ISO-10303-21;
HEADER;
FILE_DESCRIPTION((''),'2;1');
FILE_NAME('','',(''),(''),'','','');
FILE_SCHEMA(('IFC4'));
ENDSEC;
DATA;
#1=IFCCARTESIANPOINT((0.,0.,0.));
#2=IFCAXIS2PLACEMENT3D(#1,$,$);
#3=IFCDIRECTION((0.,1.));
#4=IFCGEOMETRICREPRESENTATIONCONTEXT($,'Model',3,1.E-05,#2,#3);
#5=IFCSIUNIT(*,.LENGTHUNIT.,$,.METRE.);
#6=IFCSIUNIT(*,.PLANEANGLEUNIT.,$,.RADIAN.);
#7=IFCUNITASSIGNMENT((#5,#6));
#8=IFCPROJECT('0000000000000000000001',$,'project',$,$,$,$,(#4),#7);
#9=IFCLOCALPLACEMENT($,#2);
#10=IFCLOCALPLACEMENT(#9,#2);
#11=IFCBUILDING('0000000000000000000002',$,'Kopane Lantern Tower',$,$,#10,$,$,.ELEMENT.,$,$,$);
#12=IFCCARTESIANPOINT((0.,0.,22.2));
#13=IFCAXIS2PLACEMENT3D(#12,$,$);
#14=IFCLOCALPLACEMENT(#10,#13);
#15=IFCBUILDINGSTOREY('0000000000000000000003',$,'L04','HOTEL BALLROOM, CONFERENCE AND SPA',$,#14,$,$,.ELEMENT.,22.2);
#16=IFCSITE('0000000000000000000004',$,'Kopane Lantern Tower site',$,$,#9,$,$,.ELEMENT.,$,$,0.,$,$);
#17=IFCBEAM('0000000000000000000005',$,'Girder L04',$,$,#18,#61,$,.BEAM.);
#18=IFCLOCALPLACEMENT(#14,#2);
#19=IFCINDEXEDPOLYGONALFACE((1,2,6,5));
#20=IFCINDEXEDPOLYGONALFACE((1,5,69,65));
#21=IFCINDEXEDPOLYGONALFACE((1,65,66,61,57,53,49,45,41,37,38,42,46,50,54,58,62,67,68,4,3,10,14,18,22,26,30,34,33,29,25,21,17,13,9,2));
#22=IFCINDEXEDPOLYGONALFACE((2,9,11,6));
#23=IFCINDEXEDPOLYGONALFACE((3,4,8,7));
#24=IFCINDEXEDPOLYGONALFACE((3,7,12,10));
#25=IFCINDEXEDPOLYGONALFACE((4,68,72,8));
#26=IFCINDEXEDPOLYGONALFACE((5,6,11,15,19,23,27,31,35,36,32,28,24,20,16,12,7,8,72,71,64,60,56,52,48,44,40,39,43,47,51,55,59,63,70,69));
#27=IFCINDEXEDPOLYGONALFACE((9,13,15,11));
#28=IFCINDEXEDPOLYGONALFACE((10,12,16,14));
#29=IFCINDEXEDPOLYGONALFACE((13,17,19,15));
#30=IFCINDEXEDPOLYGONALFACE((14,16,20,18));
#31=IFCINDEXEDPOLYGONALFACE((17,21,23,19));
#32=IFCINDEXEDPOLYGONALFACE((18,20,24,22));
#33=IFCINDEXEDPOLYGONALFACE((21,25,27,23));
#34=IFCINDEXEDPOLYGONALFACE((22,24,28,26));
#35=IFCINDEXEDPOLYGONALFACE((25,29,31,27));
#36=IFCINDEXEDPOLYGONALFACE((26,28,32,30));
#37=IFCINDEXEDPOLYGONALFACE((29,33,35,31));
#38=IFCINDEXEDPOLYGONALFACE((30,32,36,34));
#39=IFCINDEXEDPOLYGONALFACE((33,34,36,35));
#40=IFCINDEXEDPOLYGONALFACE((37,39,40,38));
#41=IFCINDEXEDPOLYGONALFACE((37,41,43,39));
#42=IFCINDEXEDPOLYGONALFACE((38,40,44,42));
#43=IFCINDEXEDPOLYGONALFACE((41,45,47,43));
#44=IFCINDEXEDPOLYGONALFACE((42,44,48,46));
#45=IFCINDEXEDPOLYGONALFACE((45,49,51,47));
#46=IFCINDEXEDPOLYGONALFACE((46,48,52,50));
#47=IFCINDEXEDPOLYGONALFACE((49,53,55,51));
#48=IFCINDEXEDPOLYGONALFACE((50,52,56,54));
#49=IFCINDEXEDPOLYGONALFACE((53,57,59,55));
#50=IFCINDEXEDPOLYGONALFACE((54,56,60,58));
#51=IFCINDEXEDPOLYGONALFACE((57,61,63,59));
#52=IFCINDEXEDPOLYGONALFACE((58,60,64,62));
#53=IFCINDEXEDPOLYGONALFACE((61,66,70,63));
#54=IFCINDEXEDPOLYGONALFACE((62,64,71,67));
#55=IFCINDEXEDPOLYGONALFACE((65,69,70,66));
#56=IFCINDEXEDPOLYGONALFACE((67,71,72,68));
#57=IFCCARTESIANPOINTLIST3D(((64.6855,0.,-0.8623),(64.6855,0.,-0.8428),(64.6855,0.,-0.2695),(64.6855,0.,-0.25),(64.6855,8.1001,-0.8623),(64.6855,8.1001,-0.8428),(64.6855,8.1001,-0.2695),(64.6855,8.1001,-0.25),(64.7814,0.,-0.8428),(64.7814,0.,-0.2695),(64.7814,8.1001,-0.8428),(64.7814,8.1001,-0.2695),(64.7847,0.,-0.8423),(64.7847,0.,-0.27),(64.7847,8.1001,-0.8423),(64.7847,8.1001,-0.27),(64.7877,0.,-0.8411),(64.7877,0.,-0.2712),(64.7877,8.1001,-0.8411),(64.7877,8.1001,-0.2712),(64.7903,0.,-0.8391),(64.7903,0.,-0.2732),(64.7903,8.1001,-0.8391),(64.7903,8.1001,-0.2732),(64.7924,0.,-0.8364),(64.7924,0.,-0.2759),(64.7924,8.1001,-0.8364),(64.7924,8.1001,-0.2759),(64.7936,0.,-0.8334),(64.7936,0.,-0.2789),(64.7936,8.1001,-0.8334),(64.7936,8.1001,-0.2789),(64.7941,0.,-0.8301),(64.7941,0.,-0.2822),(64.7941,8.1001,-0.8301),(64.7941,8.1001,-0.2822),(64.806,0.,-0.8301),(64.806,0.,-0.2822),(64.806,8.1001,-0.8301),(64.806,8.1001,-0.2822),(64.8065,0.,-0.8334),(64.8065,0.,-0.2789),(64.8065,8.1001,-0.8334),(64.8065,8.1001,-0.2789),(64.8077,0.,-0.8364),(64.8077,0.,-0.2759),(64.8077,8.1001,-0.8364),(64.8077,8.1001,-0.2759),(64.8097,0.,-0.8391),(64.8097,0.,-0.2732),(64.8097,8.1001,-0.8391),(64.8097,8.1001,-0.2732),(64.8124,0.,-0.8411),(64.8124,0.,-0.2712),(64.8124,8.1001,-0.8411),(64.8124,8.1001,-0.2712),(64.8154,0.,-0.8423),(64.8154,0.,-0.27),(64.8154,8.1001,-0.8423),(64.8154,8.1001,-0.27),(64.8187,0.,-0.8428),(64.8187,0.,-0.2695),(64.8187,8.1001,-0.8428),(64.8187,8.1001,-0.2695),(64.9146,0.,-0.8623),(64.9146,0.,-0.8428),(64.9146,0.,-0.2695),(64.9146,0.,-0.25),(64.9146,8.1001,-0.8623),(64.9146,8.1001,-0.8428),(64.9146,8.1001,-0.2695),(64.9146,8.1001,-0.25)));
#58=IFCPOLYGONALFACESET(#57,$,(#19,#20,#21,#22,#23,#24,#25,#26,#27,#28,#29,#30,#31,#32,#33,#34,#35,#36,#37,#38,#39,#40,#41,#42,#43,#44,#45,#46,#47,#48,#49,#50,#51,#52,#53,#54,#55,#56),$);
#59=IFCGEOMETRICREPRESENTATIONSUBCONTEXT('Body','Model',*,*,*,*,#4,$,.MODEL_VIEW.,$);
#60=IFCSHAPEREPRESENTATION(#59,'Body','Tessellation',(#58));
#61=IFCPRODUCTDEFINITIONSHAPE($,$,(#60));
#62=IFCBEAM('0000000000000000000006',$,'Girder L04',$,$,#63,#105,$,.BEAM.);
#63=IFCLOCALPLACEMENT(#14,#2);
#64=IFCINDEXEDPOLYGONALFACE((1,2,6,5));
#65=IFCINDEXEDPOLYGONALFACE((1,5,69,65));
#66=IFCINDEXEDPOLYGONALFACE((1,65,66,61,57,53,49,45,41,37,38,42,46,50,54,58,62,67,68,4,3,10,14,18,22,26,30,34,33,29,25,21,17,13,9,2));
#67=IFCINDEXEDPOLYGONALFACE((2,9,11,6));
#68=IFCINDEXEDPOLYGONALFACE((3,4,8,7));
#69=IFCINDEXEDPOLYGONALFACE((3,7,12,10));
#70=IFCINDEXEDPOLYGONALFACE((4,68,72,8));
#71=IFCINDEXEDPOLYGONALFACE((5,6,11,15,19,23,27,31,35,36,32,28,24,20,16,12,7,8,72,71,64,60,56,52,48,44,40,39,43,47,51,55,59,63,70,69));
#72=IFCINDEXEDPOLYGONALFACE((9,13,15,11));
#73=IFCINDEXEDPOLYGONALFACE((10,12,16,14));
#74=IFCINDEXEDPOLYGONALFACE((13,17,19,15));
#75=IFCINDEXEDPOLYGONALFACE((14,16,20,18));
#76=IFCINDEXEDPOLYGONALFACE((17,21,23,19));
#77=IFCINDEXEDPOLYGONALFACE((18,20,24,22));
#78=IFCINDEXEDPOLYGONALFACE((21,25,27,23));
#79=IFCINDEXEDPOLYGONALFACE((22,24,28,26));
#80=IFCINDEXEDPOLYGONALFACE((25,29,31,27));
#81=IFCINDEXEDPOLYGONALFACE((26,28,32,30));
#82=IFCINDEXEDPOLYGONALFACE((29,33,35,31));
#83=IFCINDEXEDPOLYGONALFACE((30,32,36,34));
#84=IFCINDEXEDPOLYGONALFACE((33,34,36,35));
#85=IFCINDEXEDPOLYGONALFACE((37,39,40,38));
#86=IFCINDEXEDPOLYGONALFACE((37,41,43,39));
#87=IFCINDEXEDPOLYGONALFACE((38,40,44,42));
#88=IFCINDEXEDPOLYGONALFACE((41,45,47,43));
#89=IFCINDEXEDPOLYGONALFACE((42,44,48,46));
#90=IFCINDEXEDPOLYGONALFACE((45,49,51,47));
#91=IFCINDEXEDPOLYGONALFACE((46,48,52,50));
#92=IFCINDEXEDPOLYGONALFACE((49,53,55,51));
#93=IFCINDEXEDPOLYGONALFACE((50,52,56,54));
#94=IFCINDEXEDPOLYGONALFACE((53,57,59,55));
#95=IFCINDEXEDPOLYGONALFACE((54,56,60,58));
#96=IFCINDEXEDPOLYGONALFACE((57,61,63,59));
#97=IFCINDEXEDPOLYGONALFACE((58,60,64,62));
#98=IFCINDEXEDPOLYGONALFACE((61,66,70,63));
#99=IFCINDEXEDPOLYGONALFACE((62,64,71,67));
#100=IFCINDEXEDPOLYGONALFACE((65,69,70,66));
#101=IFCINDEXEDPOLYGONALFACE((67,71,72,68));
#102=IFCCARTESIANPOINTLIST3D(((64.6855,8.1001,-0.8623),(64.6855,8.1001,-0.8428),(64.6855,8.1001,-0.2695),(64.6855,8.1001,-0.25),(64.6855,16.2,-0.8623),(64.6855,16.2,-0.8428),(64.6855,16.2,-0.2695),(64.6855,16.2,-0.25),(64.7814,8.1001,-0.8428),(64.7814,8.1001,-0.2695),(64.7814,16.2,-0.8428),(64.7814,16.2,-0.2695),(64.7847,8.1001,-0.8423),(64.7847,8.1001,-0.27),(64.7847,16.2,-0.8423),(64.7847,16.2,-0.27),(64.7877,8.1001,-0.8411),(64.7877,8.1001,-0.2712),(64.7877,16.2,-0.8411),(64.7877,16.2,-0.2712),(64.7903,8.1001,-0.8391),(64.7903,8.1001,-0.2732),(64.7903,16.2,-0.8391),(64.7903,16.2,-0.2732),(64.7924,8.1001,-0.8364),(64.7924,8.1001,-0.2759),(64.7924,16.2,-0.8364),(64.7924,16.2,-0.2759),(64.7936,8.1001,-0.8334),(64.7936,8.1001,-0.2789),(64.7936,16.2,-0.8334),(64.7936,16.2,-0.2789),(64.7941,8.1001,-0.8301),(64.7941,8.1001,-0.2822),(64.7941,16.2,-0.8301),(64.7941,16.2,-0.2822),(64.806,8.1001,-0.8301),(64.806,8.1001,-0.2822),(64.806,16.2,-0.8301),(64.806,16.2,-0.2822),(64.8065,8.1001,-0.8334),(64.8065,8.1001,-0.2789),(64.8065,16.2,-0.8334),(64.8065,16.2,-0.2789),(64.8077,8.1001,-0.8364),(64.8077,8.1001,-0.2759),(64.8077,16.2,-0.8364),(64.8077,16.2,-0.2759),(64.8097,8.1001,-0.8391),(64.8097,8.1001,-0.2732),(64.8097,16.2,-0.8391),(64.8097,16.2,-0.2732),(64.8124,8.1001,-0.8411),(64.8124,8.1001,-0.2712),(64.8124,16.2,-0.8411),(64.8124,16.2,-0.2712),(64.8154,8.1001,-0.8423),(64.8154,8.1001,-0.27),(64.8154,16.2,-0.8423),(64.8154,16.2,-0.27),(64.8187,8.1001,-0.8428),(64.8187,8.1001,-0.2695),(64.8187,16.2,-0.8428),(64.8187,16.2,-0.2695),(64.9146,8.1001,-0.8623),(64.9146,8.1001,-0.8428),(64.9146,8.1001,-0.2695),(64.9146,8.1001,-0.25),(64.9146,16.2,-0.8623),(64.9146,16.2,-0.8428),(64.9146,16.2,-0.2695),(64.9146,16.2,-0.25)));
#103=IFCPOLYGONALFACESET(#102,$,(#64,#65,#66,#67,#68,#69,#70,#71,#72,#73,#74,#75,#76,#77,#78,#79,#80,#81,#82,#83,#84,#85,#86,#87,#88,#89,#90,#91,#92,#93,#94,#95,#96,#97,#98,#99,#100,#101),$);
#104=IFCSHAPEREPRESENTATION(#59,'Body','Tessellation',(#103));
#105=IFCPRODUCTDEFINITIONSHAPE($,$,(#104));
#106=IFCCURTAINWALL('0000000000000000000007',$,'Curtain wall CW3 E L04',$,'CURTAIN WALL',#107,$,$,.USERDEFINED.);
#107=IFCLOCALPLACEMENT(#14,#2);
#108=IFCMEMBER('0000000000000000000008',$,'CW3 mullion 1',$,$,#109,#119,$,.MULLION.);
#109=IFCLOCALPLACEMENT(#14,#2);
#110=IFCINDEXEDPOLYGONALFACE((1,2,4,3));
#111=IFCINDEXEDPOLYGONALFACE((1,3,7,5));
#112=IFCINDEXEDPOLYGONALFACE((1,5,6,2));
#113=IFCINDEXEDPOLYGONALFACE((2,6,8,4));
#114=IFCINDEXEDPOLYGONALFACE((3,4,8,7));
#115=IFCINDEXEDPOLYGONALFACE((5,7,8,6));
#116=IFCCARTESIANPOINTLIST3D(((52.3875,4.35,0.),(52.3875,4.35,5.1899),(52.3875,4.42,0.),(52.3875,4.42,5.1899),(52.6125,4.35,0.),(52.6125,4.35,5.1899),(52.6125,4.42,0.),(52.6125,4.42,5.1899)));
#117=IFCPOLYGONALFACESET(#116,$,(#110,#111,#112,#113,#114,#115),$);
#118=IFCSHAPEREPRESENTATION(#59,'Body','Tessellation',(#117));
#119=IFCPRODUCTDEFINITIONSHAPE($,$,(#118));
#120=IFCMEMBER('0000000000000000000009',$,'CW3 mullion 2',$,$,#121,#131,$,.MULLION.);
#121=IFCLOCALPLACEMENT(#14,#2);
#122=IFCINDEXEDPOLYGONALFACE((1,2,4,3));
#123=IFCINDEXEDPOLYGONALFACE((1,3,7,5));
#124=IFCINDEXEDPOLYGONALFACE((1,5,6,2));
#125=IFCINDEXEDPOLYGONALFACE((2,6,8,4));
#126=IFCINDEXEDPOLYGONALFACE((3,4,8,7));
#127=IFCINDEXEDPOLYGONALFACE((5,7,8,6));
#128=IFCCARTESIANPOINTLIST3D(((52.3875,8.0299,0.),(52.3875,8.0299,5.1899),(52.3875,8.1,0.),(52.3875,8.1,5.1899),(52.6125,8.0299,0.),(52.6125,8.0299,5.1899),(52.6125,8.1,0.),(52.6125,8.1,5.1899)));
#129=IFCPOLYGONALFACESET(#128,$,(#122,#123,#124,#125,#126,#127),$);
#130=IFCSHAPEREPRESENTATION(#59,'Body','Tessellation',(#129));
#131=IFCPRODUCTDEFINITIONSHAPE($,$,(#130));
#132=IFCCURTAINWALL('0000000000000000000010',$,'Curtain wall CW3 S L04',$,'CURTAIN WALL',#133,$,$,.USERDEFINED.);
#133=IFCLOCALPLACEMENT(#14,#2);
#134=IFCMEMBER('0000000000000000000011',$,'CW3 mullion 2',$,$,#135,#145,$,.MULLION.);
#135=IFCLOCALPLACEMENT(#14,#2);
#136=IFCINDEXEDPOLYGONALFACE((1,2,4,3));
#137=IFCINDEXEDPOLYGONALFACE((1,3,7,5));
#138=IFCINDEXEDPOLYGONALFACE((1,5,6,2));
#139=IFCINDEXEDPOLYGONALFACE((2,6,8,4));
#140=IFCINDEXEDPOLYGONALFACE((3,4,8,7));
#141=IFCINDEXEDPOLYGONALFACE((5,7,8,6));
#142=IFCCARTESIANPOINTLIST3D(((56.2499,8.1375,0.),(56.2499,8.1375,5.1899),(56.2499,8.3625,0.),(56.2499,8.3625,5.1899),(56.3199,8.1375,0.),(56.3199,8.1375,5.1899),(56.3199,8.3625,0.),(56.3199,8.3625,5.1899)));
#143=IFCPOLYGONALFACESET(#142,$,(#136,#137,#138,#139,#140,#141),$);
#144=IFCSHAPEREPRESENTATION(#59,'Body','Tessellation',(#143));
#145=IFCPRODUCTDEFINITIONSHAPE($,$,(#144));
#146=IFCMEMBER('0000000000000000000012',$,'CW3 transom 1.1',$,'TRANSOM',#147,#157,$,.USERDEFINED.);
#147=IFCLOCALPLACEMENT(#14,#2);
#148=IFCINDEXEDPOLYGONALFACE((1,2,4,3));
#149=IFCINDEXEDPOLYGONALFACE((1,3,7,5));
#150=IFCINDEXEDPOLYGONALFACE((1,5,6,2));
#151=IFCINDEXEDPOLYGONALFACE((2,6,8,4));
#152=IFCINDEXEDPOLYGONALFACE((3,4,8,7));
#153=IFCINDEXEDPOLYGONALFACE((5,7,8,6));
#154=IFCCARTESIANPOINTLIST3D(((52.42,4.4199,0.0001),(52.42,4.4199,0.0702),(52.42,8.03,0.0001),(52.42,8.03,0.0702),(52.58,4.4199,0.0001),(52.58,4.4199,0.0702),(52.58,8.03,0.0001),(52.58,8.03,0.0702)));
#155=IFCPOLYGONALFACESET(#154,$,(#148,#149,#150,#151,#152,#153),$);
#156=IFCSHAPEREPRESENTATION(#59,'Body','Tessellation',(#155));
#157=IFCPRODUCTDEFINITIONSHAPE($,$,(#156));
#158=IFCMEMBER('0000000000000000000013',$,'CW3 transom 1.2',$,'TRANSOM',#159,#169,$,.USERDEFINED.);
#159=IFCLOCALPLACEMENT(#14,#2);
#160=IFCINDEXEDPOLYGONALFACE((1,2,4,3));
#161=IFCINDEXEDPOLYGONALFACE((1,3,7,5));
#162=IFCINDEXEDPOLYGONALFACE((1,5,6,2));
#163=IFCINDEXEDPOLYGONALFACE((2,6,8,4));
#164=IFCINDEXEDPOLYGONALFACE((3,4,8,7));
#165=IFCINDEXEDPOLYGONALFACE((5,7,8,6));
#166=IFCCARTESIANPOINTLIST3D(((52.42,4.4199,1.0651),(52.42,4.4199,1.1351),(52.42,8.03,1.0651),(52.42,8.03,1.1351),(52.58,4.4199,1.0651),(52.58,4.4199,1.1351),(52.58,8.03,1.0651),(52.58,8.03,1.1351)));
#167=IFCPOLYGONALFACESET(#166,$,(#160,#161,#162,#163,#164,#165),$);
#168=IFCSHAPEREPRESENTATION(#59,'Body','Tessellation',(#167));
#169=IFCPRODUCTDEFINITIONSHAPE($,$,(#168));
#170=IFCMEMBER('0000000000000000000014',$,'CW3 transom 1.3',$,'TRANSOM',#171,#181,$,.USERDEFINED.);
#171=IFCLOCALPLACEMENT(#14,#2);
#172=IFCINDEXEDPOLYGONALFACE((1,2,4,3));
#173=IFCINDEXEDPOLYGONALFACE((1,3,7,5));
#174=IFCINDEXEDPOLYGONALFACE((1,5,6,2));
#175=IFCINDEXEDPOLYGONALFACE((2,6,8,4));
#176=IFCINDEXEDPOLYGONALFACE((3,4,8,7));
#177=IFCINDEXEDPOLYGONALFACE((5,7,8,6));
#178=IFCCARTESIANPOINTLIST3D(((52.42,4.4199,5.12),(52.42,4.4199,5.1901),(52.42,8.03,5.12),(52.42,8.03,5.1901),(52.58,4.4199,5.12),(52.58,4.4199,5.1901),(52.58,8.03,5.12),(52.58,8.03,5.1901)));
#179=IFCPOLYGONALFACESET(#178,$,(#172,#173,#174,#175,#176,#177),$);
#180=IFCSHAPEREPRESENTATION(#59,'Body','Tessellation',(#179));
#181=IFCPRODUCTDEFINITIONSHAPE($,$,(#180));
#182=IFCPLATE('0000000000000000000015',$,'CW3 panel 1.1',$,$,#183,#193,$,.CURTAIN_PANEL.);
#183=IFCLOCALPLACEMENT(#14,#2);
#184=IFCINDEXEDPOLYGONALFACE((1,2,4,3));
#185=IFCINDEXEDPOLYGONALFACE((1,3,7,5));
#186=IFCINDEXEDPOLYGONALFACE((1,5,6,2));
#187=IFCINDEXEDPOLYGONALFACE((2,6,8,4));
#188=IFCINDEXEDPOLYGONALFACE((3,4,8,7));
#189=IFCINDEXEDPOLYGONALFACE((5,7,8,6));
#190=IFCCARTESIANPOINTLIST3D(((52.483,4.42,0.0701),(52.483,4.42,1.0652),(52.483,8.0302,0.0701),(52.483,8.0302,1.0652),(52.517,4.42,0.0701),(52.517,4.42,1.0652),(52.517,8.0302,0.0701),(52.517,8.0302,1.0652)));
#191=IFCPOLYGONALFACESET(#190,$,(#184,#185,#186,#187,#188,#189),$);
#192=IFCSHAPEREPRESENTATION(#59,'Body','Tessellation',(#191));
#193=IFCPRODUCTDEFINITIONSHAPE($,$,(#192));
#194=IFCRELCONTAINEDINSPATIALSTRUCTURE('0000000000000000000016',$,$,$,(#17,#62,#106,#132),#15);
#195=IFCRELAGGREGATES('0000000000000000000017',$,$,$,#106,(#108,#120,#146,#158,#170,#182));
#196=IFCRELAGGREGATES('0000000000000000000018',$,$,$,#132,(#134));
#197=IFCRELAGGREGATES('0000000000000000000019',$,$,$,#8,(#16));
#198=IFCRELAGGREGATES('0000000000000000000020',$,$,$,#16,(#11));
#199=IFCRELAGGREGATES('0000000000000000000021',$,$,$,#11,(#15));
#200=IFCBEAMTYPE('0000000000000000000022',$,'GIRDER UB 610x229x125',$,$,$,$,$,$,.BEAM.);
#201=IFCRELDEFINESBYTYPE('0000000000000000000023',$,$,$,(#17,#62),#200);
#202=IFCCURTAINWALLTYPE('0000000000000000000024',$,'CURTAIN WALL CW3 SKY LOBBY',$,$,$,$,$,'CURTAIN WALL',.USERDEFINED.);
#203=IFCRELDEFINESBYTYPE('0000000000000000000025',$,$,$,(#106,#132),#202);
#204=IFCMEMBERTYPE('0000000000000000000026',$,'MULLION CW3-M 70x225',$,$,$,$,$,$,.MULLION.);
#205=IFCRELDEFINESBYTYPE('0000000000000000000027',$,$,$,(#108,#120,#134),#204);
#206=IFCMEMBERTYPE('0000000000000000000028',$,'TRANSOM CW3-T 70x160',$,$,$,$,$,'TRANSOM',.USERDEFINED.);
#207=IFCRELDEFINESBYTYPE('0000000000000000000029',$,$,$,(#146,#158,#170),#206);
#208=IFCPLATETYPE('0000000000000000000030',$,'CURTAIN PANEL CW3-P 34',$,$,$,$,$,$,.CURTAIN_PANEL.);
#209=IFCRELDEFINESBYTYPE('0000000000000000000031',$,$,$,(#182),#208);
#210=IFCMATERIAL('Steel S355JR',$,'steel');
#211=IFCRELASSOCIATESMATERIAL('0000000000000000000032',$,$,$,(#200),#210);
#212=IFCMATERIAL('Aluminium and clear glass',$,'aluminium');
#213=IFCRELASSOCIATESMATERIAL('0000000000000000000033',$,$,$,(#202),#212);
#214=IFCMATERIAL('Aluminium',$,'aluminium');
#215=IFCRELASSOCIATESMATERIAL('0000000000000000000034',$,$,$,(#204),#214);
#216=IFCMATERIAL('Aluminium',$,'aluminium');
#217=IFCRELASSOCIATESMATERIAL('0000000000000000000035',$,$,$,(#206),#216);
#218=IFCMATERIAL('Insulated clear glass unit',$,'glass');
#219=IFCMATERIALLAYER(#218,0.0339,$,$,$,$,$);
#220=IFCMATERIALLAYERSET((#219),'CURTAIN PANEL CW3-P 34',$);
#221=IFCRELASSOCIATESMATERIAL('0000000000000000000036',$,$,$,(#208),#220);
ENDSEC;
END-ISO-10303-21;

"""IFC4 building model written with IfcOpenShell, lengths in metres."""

from ifc_helpers import new_model, si_unit, direction, frame, origin, origin_2d, place, context, subcontext, project, spatial, rectangle, i_section, extrude, material, layer, layer_set, material_profile, profile_set, type_object, element, aggregate, save


model = new_model("IFC4")

# Units and contexts
model_context = context("Model", 3, precision=1e-05, world=origin(), true_north=direction((0.0, 1.0)))
body_context = subcontext(model_context, "Body", "Model", "MODEL_VIEW")
ifc_project = project(units=[si_unit("LENGTHUNIT", "METRE"), si_unit("PLANEANGLEUNIT", "RADIAN")], contexts=[model_context])

# Site, building, storey
site_placement = place(None, origin())
site = spatial("IfcSite", under=ifc_project, at=site_placement, Name="Kopane Lantern Tower site", CompositionType="ELEMENT", RefElevation=0.0)
building_placement = place(site_placement, origin())
building = spatial("IfcBuilding", under=site, at=building_placement, Name="Kopane Lantern Tower", CompositionType="ELEMENT")
storey_placement = place(building_placement, frame((0.0, 0.0, 22.2)))
storey = spatial("IfcBuildingStorey", under=building, at=storey_placement, Name="L04", Description="HOTEL BALLROOM, CONFERENCE AND SPA", CompositionType="ELEMENT", Elevation=22.2)

# Beams
ifc_material_1 = material(Name="Steel S355JR", Category="steel")
ifc_material_profile_1 = material_profile(ifc_material_1, i_section(OverallWidth=0.229, OverallDepth=0.6123, WebThickness=0.012, FlangeThickness=0.0195, FilletRadius=0.0127, at=origin_2d()), Name="UB 610x229x125")
ifc_profile_set_1 = profile_set([ifc_material_profile_1], Name="Steel S355JR")
beam_type_1 = type_object("IfcBeamType", Name="GIRDER UB 610x229x125", PredefinedType="BEAM", material=ifc_profile_set_1)
for number, where, z_axis, x_axis, name in (
    (1, (64.8, 0.0, -0.5562), (0.0, 1.0, 0.0), (-1.0, 0.0, 0.0), "Girder L04"),
):
    element("IfcBeam", number, at=place(storey_placement, frame(where, z_axis=z_axis, x_axis=x_axis)), inside=storey, type_object=beam_type_1, Name=name, PredefinedType="BEAM", context=body_context, shape_type="SweptSolid", body=[
        extrude(i_section(OverallWidth=0.229, OverallDepth=0.6123, WebThickness=0.012, FlangeThickness=0.0195, FilletRadius=0.0127, at=origin_2d()), origin(), (0.0, 0.0, 1.0), 8.1001),
    ])
beam_1_placement = place(storey_placement, frame((64.8, 8.1001, -0.5562), z_axis=(0.0, 1.0, 0.0), x_axis=(-1.0, 0.0, 0.0)))
element("IfcBeam", 2, at=beam_1_placement, inside=storey, type_object=beam_type_1, Name="Girder L04", PredefinedType="BEAM", context=body_context, shape_type="SweptSolid", body=[
    extrude(i_section(OverallWidth=0.229, OverallDepth=0.6123, WebThickness=0.012, FlangeThickness=0.0195, FilletRadius=0.0127, at=origin_2d()), origin(), (0.0, 0.0, 1.0), 8.0999),
])

# Curtain wall, members
ifc_material_2 = material(Name="Aluminium and clear glass", Category="aluminium")
curtain_wall_type = type_object("IfcCurtainWallType", Name="CURTAIN WALL CW3 SKY LOBBY", ElementType="CURTAIN WALL", PredefinedType="USERDEFINED", material=ifc_material_2)
curtain_wall_1_placement = place(storey_placement, origin())
curtain_wall_1 = element("IfcCurtainWall", 3, at=curtain_wall_1_placement, inside=storey, type_object=curtain_wall_type, Name="Curtain wall CW3 E L04", ObjectType="CURTAIN WALL", PredefinedType="USERDEFINED")
ifc_material_3 = material(Name="Aluminium", Category="aluminium")
ifc_material_profile_2 = material_profile(ifc_material_3, rectangle(XDim=0.0701, YDim=0.2251, at=origin_2d()), Name="AL 70x225")
ifc_profile_set_2 = profile_set([ifc_material_profile_2], Name="Aluminium")
member_type_1 = type_object("IfcMemberType", Name="MULLION CW3-M 70x225", PredefinedType="MULLION", material=ifc_profile_set_2)
member_1_placement = place(storey_placement, frame((52.5, 4.385, 0.0), z_axis=(0.0, 0.0, 1.0), x_axis=(0.0, 1.0, 0.0)))
member_1 = element("IfcMember", 4, at=member_1_placement, type_object=member_type_1, Name="CW3 mullion 1", PredefinedType="MULLION", context=body_context, shape_type="SweptSolid", body=[
    extrude(rectangle(XDim=0.0701, YDim=0.2251, at=origin_2d()), origin(), (0.0, 0.0, 1.0), 5.1899),
])
member_2_placement = place(storey_placement, frame((52.5, 8.0649, 0.0), z_axis=(0.0, 0.0, 1.0), x_axis=(0.0, 1.0, 0.0)))
member_2 = element("IfcMember", 5, at=member_2_placement, type_object=member_type_1, Name="CW3 mullion 2", PredefinedType="MULLION", context=body_context, shape_type="SweptSolid", body=[
    extrude(rectangle(XDim=0.0701, YDim=0.2251, at=origin_2d()), origin(), (0.0, 0.0, 1.0), 5.1899),
])

# Curtain wall, member
curtain_wall_2_placement = place(storey_placement, origin())
curtain_wall_2 = element("IfcCurtainWall", 6, at=curtain_wall_2_placement, inside=storey, type_object=curtain_wall_type, Name="Curtain wall CW3 S L04", ObjectType="CURTAIN WALL", PredefinedType="USERDEFINED")
member_3_placement = place(storey_placement, frame((56.2849, 8.25, 0.0), z_axis=(0.0, 0.0, 1.0), x_axis=(1.0, 0.0, 0.0)))
member_3 = element("IfcMember", 7, at=member_3_placement, type_object=member_type_1, Name="CW3 mullion 2", PredefinedType="MULLION", context=body_context, shape_type="SweptSolid", body=[
    extrude(rectangle(XDim=0.0701, YDim=0.2251, at=origin_2d()), origin(), (0.0, 0.0, 1.0), 5.1899),
])

# Members
ifc_material_4 = material(Name="Aluminium", Category="aluminium")
ifc_material_profile_3 = material_profile(ifc_material_4, rectangle(XDim=0.1599, YDim=0.0701, at=origin_2d()), Name="AL 160x70")
ifc_profile_set_3 = profile_set([ifc_material_profile_3], Name="Aluminium")
member_type_2 = type_object("IfcMemberType", Name="TRANSOM CW3-T 70x160", ElementType="TRANSOM", PredefinedType="USERDEFINED", material=ifc_profile_set_3)
member_4_placement = place(storey_placement, frame((52.5, 4.4199, 0.0352), z_axis=(0.0, 1.0, 0.0), x_axis=(-1.0, 0.0, 0.0)))
member_4 = element("IfcMember", 8, at=member_4_placement, type_object=member_type_2, Name="CW3 transom 1.1", ObjectType="TRANSOM", PredefinedType="USERDEFINED", context=body_context, shape_type="SweptSolid", body=[
    extrude(rectangle(XDim=0.1599, YDim=0.0701, at=origin_2d()), origin(), (0.0, 0.0, 1.0), 3.6101),
])
member_5_placement = place(storey_placement, frame((52.5, 4.4199, 1.1001), z_axis=(0.0, 1.0, 0.0), x_axis=(-1.0, 0.0, 0.0)))
member_5 = element("IfcMember", 9, at=member_5_placement, type_object=member_type_2, Name="CW3 transom 1.2", ObjectType="TRANSOM", PredefinedType="USERDEFINED", context=body_context, shape_type="SweptSolid", body=[
    extrude(rectangle(XDim=0.1599, YDim=0.0701, at=origin_2d()), origin(), (0.0, 0.0, 1.0), 3.6101),
])
member_6_placement = place(storey_placement, frame((52.5, 4.4199, 5.155), z_axis=(0.0, 1.0, 0.0), x_axis=(-1.0, 0.0, 0.0)))
member_6 = element("IfcMember", 10, at=member_6_placement, type_object=member_type_2, Name="CW3 transom 1.3", ObjectType="TRANSOM", PredefinedType="USERDEFINED", context=body_context, shape_type="SweptSolid", body=[
    extrude(rectangle(XDim=0.1599, YDim=0.0701, at=origin_2d()), origin(), (0.0, 0.0, 1.0), 3.6101),
])

# Plate
ifc_material_5 = material(Name="Insulated clear glass unit", Category="glass")
ifc_layer_1 = layer(ifc_material_5, 0.0339)
ifc_layer_set_1 = layer_set([ifc_layer_1], Name="CURTAIN PANEL CW3-P 34")
plate_type = type_object("IfcPlateType", Name="CURTAIN PANEL CW3-P 34", PredefinedType="CURTAIN_PANEL", material=ifc_layer_set_1)
plate_1_placement = place(storey_placement, frame((52.5, 6.2251, 0.0701), z_axis=(0.0, 0.0, 1.0), x_axis=(0.0, 1.0, 0.0)))
plate_1 = element("IfcPlate", 11, at=plate_1_placement, type_object=plate_type, Name="CW3 panel 1.1", PredefinedType="CURTAIN_PANEL", context=body_context, shape_type="SweptSolid", body=[
    extrude(rectangle(XDim=3.6101, YDim=0.0339, at=origin_2d()), origin(), (0.0, 0.0, 1.0), 0.9951),
])
aggregate(curtain_wall_1, [member_1, member_2, member_4, member_5, member_6, plate_1])
aggregate(curtain_wall_2, [member_3])

save(model, "model.ifc")
